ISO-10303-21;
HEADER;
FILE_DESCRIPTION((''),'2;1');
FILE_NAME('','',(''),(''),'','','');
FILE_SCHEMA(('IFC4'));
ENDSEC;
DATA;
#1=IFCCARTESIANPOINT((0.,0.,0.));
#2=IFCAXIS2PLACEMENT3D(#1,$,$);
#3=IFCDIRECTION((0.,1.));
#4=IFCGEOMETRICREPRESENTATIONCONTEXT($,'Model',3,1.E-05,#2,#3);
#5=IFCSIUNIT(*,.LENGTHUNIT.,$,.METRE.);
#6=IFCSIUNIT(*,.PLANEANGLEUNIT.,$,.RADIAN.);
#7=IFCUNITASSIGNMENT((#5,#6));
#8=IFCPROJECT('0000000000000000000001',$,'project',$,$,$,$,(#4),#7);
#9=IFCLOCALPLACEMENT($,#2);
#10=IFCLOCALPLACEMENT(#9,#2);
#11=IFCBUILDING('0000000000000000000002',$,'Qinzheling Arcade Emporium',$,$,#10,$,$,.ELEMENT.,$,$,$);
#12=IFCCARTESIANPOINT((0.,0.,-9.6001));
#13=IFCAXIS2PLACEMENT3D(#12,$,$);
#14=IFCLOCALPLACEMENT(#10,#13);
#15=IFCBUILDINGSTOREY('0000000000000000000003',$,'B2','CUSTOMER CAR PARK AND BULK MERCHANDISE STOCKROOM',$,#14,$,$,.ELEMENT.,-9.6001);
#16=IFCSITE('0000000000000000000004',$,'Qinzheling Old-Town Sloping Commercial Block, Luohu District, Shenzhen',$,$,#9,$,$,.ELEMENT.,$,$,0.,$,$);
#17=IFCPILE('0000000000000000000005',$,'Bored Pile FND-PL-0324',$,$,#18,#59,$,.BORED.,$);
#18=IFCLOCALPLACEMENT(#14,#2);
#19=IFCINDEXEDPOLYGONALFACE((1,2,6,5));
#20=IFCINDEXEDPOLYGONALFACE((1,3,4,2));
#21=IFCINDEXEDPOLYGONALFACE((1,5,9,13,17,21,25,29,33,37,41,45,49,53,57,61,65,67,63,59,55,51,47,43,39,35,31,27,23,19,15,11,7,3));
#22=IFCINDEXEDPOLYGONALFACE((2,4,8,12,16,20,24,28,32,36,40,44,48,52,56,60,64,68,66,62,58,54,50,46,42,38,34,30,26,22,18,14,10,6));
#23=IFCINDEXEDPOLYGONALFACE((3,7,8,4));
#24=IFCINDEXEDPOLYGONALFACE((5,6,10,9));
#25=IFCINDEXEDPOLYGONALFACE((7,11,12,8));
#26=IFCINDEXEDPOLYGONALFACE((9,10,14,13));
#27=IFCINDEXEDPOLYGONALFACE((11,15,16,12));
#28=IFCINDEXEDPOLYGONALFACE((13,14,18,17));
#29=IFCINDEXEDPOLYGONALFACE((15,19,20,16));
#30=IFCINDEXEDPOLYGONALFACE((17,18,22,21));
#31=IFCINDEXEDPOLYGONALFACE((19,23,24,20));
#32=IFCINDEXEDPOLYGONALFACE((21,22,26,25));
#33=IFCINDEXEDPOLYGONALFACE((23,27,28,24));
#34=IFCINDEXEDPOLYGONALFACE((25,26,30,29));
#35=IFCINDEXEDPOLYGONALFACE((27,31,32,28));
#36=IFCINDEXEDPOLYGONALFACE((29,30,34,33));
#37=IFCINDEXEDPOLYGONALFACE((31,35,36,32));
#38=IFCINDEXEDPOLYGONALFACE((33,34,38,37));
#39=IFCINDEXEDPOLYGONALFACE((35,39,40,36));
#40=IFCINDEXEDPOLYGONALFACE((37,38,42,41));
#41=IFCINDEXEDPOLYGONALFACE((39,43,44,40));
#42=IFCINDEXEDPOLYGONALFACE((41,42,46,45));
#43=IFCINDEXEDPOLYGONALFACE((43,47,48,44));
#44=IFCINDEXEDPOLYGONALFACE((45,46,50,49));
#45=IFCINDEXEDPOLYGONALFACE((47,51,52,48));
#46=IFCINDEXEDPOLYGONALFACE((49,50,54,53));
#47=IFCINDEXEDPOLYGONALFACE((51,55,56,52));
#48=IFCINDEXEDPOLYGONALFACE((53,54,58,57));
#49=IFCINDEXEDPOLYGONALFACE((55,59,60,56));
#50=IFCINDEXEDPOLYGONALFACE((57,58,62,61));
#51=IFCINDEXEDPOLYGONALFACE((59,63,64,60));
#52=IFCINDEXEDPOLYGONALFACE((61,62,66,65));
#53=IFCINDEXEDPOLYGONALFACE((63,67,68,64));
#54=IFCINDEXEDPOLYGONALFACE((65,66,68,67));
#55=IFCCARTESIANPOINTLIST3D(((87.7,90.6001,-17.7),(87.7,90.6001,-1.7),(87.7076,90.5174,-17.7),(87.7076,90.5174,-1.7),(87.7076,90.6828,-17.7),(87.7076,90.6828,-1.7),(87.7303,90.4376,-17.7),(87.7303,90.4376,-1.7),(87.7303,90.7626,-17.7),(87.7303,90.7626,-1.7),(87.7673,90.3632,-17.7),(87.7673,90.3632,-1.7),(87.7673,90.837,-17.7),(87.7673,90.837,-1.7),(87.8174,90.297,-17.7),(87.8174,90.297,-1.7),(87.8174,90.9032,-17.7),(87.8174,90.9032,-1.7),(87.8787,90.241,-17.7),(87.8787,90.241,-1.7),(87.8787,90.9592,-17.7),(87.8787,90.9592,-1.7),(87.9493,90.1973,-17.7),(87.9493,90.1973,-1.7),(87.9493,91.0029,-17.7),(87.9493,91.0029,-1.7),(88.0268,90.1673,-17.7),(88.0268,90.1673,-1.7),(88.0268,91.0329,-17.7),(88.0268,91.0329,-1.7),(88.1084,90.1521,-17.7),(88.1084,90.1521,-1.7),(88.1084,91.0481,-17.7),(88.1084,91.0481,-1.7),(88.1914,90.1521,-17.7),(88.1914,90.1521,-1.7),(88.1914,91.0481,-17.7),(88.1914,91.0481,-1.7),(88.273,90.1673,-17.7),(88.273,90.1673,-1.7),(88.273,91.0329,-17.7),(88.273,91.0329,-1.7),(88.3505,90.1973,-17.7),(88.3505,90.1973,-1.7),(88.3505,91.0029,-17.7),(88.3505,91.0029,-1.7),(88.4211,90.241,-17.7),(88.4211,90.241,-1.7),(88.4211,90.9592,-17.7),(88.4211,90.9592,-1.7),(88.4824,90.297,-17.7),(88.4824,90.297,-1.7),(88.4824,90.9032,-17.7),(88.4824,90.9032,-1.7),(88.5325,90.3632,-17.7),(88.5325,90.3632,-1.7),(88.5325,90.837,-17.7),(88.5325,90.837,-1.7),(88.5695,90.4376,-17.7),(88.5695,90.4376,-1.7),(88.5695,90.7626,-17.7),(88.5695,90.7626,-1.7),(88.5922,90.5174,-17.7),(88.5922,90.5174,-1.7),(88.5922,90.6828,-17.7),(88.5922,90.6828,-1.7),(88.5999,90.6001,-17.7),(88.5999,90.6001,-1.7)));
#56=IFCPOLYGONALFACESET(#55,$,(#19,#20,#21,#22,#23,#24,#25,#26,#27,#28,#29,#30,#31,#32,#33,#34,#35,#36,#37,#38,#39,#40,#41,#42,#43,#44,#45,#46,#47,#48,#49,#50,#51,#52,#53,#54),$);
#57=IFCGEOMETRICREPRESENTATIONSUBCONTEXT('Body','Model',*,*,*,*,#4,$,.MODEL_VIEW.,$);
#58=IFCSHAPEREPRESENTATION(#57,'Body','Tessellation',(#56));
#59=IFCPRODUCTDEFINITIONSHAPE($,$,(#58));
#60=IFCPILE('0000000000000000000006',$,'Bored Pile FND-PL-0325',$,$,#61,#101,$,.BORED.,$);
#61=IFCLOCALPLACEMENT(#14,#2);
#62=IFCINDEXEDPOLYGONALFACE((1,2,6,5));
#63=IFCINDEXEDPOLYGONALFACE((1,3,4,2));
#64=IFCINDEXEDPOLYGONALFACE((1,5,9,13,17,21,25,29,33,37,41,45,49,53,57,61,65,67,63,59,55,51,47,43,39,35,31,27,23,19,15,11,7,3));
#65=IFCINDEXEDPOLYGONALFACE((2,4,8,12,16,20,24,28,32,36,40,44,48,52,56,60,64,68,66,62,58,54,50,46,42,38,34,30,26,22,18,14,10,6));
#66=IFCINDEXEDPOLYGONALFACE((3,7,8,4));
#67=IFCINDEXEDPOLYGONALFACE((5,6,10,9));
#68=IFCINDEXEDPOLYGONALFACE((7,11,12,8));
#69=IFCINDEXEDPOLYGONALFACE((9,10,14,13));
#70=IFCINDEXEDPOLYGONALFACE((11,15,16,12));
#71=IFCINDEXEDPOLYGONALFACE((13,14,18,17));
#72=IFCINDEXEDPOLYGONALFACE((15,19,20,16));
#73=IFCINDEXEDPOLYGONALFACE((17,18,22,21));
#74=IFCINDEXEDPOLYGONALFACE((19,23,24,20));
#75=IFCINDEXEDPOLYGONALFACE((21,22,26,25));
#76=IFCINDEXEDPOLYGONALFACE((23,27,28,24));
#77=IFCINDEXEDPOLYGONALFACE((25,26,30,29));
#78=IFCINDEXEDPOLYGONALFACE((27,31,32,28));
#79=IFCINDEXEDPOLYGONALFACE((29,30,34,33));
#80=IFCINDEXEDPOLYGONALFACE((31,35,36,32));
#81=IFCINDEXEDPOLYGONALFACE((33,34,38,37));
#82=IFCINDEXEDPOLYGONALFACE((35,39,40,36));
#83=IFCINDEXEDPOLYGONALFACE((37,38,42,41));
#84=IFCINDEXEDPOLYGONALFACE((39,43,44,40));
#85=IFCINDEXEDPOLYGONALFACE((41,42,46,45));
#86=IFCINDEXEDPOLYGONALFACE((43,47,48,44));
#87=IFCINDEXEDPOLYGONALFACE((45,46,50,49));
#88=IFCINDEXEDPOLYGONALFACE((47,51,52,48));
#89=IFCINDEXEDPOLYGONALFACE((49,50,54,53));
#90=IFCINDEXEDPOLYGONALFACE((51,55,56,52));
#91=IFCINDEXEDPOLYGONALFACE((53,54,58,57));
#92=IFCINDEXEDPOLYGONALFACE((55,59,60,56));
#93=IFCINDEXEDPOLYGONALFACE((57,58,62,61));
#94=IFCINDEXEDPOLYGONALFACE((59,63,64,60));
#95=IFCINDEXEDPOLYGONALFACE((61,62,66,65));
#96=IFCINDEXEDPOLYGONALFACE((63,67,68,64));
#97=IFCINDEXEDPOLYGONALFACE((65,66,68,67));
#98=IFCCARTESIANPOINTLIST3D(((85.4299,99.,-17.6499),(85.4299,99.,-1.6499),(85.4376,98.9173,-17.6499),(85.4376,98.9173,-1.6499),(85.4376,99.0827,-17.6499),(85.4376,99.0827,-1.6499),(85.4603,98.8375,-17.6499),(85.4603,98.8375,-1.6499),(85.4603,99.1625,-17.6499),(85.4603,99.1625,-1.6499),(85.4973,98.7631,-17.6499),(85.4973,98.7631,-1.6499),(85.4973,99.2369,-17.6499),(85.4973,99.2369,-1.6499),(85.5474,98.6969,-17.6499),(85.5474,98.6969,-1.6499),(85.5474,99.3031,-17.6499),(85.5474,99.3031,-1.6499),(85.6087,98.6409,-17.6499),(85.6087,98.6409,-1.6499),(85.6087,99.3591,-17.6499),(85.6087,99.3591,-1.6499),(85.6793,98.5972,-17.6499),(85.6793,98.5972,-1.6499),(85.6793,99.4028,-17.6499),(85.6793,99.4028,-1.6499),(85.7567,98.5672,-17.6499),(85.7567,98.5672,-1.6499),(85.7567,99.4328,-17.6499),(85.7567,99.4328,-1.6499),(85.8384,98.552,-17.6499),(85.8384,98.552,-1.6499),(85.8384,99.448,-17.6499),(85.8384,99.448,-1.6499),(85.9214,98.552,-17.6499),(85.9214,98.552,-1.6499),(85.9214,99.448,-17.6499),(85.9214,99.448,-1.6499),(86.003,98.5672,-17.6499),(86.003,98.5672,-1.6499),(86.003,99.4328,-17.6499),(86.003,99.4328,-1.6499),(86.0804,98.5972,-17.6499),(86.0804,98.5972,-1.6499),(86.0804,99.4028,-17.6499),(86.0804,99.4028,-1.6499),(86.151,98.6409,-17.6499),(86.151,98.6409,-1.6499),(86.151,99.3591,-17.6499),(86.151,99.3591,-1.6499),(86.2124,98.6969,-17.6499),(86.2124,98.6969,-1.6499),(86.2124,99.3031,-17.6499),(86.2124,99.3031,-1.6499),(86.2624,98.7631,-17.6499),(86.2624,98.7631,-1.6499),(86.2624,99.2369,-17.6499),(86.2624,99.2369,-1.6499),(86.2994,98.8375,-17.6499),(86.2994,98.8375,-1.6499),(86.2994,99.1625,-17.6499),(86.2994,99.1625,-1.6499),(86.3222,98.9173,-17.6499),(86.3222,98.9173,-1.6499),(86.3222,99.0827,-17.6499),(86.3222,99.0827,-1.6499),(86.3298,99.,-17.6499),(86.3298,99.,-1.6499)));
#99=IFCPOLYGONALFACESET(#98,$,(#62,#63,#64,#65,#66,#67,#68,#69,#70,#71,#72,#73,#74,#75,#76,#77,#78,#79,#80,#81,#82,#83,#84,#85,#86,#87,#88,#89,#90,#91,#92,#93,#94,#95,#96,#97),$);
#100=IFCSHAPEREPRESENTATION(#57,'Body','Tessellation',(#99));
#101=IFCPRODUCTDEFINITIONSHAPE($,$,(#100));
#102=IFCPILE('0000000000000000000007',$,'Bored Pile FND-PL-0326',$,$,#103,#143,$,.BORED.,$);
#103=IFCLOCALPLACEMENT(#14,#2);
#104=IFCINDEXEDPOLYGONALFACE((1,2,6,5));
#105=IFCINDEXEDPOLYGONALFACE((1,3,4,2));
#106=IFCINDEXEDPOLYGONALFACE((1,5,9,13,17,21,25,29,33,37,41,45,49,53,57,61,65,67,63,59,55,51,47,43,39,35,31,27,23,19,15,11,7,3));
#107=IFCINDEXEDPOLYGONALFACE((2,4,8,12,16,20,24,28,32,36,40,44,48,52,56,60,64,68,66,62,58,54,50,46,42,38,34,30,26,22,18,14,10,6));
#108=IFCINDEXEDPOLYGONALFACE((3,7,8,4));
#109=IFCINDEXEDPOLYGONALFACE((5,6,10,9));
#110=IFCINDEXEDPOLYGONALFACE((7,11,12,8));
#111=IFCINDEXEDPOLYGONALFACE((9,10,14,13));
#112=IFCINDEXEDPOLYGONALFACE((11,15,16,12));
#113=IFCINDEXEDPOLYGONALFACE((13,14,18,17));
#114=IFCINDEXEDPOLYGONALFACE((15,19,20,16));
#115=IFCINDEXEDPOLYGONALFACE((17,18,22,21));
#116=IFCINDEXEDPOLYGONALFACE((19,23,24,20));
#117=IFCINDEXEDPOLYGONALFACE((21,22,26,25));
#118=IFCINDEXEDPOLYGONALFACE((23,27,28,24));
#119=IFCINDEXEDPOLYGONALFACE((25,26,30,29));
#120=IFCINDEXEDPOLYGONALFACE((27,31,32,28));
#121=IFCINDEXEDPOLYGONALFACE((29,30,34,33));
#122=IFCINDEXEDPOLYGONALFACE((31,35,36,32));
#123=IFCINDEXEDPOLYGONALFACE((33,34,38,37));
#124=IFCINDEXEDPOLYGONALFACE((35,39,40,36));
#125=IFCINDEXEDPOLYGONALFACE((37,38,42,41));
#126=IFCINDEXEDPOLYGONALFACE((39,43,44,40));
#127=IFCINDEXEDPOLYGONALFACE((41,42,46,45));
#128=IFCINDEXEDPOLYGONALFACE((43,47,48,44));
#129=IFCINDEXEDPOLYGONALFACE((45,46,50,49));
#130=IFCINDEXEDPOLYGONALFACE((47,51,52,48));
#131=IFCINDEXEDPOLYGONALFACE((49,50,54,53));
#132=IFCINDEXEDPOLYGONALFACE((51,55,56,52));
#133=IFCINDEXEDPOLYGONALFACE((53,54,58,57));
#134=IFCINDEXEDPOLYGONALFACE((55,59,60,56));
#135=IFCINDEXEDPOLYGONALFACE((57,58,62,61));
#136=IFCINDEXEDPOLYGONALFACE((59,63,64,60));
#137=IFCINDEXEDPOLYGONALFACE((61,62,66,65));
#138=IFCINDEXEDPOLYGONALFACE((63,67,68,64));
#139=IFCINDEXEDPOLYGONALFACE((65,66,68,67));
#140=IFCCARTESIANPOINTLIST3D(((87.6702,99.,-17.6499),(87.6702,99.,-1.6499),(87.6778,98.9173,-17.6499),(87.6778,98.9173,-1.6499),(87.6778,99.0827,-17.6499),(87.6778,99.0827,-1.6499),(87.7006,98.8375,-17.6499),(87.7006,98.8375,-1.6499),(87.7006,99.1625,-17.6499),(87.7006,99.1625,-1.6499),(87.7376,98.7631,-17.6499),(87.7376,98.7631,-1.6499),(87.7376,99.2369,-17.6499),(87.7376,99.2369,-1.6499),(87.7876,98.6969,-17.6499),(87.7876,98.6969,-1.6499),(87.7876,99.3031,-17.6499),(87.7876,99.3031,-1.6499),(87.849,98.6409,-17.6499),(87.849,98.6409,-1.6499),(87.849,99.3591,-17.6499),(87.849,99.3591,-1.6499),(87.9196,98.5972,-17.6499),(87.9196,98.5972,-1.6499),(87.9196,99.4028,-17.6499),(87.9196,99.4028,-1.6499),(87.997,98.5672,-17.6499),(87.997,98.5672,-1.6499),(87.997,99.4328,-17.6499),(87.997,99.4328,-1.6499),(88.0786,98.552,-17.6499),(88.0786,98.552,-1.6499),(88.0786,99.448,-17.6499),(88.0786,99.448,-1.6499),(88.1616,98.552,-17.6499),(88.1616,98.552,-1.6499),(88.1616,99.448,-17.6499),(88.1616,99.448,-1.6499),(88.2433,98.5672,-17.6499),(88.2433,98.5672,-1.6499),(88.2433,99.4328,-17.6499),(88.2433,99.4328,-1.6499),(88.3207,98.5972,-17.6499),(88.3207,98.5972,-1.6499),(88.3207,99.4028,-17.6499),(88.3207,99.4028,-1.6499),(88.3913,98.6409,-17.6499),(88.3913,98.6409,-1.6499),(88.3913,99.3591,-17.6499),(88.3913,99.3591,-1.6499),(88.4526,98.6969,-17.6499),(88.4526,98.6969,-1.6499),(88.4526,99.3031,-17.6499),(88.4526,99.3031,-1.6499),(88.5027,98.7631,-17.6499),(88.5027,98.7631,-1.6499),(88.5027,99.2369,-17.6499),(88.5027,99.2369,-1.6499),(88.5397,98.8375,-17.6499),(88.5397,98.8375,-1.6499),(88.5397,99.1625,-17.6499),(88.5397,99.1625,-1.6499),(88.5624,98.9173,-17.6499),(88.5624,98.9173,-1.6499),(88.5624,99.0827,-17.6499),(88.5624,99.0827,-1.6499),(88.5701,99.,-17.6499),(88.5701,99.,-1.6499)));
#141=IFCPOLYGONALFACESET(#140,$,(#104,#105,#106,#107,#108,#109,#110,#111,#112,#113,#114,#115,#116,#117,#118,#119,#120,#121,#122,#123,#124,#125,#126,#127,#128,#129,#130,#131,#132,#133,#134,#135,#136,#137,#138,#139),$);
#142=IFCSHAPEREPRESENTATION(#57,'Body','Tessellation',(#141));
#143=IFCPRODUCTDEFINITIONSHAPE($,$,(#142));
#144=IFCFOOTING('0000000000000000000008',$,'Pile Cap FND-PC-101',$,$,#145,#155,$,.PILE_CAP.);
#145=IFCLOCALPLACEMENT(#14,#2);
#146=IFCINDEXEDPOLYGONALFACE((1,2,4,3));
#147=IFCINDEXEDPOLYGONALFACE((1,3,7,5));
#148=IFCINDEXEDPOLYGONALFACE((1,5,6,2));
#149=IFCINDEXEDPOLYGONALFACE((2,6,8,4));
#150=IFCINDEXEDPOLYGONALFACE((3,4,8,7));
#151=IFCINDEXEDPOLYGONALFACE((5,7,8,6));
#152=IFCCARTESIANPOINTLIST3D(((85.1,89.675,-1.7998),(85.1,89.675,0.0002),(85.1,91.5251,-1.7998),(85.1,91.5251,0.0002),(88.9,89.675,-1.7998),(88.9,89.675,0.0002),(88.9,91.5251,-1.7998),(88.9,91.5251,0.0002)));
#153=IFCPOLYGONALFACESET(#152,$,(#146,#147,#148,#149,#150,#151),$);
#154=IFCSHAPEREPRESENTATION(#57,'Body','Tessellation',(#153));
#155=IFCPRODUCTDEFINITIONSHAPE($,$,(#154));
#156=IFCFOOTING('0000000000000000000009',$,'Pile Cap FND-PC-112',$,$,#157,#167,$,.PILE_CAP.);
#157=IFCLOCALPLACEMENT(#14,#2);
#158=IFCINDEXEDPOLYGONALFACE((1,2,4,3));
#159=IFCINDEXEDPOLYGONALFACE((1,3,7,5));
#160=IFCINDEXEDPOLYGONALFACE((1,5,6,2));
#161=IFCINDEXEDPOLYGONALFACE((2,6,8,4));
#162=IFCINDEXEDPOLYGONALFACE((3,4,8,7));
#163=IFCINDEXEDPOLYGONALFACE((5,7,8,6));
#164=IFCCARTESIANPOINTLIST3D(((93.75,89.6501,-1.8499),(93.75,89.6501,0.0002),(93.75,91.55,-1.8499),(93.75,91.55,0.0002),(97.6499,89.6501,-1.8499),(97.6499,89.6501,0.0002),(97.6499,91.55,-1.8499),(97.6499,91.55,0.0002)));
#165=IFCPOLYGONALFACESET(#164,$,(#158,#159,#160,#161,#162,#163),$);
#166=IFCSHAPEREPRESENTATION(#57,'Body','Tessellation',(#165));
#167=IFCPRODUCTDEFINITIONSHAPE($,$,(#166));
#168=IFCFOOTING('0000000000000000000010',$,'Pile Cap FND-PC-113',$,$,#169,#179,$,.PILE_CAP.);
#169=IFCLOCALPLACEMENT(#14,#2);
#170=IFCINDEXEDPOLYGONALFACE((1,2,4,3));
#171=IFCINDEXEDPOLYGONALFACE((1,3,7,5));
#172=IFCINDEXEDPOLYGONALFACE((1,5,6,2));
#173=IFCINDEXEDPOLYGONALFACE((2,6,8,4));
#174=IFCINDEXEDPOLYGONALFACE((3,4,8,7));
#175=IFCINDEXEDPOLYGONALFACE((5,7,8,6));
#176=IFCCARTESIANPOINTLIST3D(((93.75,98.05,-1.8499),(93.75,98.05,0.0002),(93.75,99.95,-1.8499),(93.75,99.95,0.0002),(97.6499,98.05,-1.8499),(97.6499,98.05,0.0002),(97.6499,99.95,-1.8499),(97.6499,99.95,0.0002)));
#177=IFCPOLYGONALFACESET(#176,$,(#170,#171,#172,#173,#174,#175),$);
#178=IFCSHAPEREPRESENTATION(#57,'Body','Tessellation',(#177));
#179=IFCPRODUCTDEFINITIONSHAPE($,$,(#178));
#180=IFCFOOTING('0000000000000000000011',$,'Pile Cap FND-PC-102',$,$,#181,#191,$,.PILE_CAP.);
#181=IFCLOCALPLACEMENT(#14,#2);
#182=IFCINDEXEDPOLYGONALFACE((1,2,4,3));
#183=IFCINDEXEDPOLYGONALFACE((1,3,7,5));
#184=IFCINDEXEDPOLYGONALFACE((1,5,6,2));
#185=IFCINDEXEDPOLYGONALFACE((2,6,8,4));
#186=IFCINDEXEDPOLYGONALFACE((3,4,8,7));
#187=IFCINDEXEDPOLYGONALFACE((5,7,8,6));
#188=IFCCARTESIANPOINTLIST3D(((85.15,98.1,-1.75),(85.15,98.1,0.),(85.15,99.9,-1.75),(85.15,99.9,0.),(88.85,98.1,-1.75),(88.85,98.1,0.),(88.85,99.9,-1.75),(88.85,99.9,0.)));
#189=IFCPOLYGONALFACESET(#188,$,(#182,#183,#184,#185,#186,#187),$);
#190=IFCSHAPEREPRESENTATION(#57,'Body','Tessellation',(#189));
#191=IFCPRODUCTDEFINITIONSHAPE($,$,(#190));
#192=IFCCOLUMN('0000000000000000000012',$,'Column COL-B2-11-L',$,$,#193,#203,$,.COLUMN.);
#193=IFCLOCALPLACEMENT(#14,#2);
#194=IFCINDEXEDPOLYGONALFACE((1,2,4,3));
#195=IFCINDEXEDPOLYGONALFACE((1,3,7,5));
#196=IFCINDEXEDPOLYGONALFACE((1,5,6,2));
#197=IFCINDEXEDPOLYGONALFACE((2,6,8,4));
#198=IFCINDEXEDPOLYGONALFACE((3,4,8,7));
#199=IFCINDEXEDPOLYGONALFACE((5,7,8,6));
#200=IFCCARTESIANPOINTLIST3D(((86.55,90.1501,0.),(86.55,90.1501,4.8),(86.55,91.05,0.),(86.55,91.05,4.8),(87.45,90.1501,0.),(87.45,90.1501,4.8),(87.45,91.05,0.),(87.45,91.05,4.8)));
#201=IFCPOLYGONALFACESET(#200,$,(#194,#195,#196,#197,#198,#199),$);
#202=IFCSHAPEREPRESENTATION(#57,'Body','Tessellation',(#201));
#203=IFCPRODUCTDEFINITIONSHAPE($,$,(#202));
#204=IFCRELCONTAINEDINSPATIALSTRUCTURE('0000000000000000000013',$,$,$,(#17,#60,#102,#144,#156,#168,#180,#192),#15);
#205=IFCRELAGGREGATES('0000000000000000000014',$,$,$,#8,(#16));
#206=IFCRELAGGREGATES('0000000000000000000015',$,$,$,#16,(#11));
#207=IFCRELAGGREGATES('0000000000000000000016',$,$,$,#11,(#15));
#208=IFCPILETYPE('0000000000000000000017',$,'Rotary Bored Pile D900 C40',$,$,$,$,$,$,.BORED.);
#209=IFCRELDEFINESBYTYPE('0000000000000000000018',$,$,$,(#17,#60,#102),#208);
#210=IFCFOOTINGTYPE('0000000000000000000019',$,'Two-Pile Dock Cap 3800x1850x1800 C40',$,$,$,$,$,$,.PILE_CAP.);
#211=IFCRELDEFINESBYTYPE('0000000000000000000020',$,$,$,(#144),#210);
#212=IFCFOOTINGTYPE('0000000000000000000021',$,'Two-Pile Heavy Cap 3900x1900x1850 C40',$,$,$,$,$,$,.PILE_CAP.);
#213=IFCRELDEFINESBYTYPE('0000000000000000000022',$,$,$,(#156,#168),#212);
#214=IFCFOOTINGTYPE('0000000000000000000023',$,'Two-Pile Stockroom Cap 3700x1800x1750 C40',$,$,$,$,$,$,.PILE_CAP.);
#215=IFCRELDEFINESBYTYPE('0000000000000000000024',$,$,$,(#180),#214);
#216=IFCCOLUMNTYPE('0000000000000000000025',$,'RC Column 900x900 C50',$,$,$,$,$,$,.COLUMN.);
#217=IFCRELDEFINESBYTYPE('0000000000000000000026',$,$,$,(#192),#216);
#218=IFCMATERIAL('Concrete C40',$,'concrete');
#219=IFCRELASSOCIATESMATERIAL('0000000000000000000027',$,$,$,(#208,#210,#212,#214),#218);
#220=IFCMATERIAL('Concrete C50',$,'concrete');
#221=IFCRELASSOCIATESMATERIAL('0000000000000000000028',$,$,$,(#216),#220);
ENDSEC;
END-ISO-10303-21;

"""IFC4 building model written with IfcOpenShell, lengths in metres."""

from ifc_helpers import new_model, si_unit, direction, frame, origin, origin_2d, place, context, subcontext, project, spatial, rectangle, circle, extrude, material, material_profile, profile_set, type_object, element, save


model = new_model("IFC4")

# Units and contexts
model_context = context("Model", 3, precision=1e-05, world=origin(), true_north=direction((0.0, 1.0)))
body_context = subcontext(model_context, "Body", "Model", "MODEL_VIEW")
ifc_project = project(units=[si_unit("LENGTHUNIT", "METRE"), si_unit("PLANEANGLEUNIT", "RADIAN")], contexts=[model_context])

# Site, building, storey
site_placement = place(None, origin())
site = spatial("IfcSite", under=ifc_project, at=site_placement, Name="Qinzheling Old-Town Sloping Commercial Block, Luohu District, Shenzhen", CompositionType="ELEMENT", RefElevation=0.0)
building_placement = place(site_placement, origin())
building = spatial("IfcBuilding", under=site, at=building_placement, Name="Qinzheling Arcade Emporium", CompositionType="ELEMENT")
storey_placement = place(building_placement, frame((0.0, 0.0, -9.6001)))
storey = spatial("IfcBuildingStorey", under=building, at=storey_placement, Name="B2", Description="CUSTOMER CAR PARK AND BULK MERCHANDISE STOCKROOM", CompositionType="ELEMENT", Elevation=-9.6001)

# Shared definitions
ifc_material_1 = material(Name="Concrete C40", Category="concrete")

# Piles
ifc_material_profile_1 = material_profile(ifc_material_1, circle(Radius=0.45, at=origin_2d()), Name="BORED D900", Category="concrete")
ifc_profile_set_1 = profile_set([ifc_material_profile_1], Name="Concrete C40")
pile_type_1 = type_object("IfcPileType", Name="Rotary Bored Pile D900 C40", PredefinedType="BORED", material=ifc_profile_set_1)
for number, where, z_axis, x_axis, name in (
    (1, (88.1499, 90.6001, -1.7), (0.0, 0.0, -1.0), (1.0, 0.0, 0.0), "Bored Pile FND-PL-0324"),
    (2, (85.8799, 99.0, -1.6499), (0.0, 0.0, -1.0), (1.0, 0.0, 0.0), "Bored Pile FND-PL-0325"),
    (3, (88.1201, 99.0, -1.6499), (0.0, 0.0, -1.0), (1.0, 0.0, 0.0), "Bored Pile FND-PL-0326"),
):
    element("IfcPile", number, at=place(storey_placement, frame(where, z_axis=z_axis, x_axis=x_axis)), inside=storey, type_object=pile_type_1, Name=name, PredefinedType="BORED", context=body_context, shape_type="SweptSolid", body=[
        extrude(circle(Radius=0.45, at=origin_2d()), origin(), (0.0, 0.0, 1.0), 16.0),
    ])

# Footings
footing_type_1 = type_object("IfcFootingType", Name="Two-Pile Dock Cap 3800x1850x1800 C40", PredefinedType="PILE_CAP", material=ifc_material_1)
footing_1_placement = place(storey_placement, frame((87.0, 90.6001, -1.7998), z_axis=(0.0, 0.0, 1.0), x_axis=(1.0, 0.0, 0.0)))
element("IfcFooting", 4, at=footing_1_placement, inside=storey, type_object=footing_type_1, Name="Pile Cap FND-PC-101", PredefinedType="PILE_CAP", context=body_context, shape_type="SweptSolid", body=[
    extrude(rectangle(XDim=3.8, YDim=1.8501, at=origin_2d()), origin(), (0.0, 0.0, 1.0), 1.8),
])
footing_type_2 = type_object("IfcFootingType", Name="Two-Pile Heavy Cap 3900x1900x1850 C40", PredefinedType="PILE_CAP", material=ifc_material_1)
for number, where, z_axis, x_axis, name in (
    (5, (95.7, 90.6001, -1.8499), (0.0, 0.0, 1.0), (1.0, 0.0, 0.0), "Pile Cap FND-PC-112"),
    (6, (95.7, 99.0, -1.8499), (0.0, 0.0, 1.0), (1.0, 0.0, 0.0), "Pile Cap FND-PC-113"),
):
    element("IfcFooting", number, at=place(storey_placement, frame(where, z_axis=z_axis, x_axis=x_axis)), inside=storey, type_object=footing_type_2, Name=name, PredefinedType="PILE_CAP", context=body_context, shape_type="SweptSolid", body=[
        extrude(rectangle(XDim=3.8999, YDim=1.8999, at=origin_2d()), origin(), (0.0, 0.0, 1.0), 1.8501),
    ])
footing_type_3 = type_object("IfcFootingType", Name="Two-Pile Stockroom Cap 3700x1800x1750 C40", PredefinedType="PILE_CAP", material=ifc_material_1)
footing_2_placement = place(storey_placement, frame((87.0, 99.0, -1.75), z_axis=(0.0, 0.0, 1.0), x_axis=(1.0, 0.0, 0.0)))
element("IfcFooting", 7, at=footing_2_placement, inside=storey, type_object=footing_type_3, Name="Pile Cap FND-PC-102", PredefinedType="PILE_CAP", context=body_context, shape_type="SweptSolid", body=[
    extrude(rectangle(XDim=3.7, YDim=1.8, at=origin_2d()), origin(), (0.0, 0.0, 1.0), 1.75),
])

# Column
ifc_material_2 = material(Name="Concrete C50", Category="concrete")
ifc_material_profile_2 = material_profile(ifc_material_2, rectangle(XDim=0.8999, YDim=0.8999, at=origin_2d()), Name="RC 900x900", Category="concrete")
ifc_profile_set_2 = profile_set([ifc_material_profile_2], Name="Concrete C50")
column_type = type_object("IfcColumnType", Name="RC Column 900x900 C50", PredefinedType="COLUMN", material=ifc_profile_set_2)
for number, where, z_axis, x_axis, name in (
    (8, (87.0, 90.6001, 0.0), (0.0, 0.0, 1.0), (1.0, 0.0, 0.0), "Column COL-B2-11-L"),
):
    element("IfcColumn", number, at=place(storey_placement, frame(where, z_axis=z_axis, x_axis=x_axis)), inside=storey, type_object=column_type, Name=name, PredefinedType="COLUMN", context=body_context, shape_type="SweptSolid", body=[
        extrude(rectangle(XDim=0.8999, YDim=0.8999, at=origin_2d()), origin(), (0.0, 0.0, 1.0), 4.8),
    ])

save(model, "model.ifc")
